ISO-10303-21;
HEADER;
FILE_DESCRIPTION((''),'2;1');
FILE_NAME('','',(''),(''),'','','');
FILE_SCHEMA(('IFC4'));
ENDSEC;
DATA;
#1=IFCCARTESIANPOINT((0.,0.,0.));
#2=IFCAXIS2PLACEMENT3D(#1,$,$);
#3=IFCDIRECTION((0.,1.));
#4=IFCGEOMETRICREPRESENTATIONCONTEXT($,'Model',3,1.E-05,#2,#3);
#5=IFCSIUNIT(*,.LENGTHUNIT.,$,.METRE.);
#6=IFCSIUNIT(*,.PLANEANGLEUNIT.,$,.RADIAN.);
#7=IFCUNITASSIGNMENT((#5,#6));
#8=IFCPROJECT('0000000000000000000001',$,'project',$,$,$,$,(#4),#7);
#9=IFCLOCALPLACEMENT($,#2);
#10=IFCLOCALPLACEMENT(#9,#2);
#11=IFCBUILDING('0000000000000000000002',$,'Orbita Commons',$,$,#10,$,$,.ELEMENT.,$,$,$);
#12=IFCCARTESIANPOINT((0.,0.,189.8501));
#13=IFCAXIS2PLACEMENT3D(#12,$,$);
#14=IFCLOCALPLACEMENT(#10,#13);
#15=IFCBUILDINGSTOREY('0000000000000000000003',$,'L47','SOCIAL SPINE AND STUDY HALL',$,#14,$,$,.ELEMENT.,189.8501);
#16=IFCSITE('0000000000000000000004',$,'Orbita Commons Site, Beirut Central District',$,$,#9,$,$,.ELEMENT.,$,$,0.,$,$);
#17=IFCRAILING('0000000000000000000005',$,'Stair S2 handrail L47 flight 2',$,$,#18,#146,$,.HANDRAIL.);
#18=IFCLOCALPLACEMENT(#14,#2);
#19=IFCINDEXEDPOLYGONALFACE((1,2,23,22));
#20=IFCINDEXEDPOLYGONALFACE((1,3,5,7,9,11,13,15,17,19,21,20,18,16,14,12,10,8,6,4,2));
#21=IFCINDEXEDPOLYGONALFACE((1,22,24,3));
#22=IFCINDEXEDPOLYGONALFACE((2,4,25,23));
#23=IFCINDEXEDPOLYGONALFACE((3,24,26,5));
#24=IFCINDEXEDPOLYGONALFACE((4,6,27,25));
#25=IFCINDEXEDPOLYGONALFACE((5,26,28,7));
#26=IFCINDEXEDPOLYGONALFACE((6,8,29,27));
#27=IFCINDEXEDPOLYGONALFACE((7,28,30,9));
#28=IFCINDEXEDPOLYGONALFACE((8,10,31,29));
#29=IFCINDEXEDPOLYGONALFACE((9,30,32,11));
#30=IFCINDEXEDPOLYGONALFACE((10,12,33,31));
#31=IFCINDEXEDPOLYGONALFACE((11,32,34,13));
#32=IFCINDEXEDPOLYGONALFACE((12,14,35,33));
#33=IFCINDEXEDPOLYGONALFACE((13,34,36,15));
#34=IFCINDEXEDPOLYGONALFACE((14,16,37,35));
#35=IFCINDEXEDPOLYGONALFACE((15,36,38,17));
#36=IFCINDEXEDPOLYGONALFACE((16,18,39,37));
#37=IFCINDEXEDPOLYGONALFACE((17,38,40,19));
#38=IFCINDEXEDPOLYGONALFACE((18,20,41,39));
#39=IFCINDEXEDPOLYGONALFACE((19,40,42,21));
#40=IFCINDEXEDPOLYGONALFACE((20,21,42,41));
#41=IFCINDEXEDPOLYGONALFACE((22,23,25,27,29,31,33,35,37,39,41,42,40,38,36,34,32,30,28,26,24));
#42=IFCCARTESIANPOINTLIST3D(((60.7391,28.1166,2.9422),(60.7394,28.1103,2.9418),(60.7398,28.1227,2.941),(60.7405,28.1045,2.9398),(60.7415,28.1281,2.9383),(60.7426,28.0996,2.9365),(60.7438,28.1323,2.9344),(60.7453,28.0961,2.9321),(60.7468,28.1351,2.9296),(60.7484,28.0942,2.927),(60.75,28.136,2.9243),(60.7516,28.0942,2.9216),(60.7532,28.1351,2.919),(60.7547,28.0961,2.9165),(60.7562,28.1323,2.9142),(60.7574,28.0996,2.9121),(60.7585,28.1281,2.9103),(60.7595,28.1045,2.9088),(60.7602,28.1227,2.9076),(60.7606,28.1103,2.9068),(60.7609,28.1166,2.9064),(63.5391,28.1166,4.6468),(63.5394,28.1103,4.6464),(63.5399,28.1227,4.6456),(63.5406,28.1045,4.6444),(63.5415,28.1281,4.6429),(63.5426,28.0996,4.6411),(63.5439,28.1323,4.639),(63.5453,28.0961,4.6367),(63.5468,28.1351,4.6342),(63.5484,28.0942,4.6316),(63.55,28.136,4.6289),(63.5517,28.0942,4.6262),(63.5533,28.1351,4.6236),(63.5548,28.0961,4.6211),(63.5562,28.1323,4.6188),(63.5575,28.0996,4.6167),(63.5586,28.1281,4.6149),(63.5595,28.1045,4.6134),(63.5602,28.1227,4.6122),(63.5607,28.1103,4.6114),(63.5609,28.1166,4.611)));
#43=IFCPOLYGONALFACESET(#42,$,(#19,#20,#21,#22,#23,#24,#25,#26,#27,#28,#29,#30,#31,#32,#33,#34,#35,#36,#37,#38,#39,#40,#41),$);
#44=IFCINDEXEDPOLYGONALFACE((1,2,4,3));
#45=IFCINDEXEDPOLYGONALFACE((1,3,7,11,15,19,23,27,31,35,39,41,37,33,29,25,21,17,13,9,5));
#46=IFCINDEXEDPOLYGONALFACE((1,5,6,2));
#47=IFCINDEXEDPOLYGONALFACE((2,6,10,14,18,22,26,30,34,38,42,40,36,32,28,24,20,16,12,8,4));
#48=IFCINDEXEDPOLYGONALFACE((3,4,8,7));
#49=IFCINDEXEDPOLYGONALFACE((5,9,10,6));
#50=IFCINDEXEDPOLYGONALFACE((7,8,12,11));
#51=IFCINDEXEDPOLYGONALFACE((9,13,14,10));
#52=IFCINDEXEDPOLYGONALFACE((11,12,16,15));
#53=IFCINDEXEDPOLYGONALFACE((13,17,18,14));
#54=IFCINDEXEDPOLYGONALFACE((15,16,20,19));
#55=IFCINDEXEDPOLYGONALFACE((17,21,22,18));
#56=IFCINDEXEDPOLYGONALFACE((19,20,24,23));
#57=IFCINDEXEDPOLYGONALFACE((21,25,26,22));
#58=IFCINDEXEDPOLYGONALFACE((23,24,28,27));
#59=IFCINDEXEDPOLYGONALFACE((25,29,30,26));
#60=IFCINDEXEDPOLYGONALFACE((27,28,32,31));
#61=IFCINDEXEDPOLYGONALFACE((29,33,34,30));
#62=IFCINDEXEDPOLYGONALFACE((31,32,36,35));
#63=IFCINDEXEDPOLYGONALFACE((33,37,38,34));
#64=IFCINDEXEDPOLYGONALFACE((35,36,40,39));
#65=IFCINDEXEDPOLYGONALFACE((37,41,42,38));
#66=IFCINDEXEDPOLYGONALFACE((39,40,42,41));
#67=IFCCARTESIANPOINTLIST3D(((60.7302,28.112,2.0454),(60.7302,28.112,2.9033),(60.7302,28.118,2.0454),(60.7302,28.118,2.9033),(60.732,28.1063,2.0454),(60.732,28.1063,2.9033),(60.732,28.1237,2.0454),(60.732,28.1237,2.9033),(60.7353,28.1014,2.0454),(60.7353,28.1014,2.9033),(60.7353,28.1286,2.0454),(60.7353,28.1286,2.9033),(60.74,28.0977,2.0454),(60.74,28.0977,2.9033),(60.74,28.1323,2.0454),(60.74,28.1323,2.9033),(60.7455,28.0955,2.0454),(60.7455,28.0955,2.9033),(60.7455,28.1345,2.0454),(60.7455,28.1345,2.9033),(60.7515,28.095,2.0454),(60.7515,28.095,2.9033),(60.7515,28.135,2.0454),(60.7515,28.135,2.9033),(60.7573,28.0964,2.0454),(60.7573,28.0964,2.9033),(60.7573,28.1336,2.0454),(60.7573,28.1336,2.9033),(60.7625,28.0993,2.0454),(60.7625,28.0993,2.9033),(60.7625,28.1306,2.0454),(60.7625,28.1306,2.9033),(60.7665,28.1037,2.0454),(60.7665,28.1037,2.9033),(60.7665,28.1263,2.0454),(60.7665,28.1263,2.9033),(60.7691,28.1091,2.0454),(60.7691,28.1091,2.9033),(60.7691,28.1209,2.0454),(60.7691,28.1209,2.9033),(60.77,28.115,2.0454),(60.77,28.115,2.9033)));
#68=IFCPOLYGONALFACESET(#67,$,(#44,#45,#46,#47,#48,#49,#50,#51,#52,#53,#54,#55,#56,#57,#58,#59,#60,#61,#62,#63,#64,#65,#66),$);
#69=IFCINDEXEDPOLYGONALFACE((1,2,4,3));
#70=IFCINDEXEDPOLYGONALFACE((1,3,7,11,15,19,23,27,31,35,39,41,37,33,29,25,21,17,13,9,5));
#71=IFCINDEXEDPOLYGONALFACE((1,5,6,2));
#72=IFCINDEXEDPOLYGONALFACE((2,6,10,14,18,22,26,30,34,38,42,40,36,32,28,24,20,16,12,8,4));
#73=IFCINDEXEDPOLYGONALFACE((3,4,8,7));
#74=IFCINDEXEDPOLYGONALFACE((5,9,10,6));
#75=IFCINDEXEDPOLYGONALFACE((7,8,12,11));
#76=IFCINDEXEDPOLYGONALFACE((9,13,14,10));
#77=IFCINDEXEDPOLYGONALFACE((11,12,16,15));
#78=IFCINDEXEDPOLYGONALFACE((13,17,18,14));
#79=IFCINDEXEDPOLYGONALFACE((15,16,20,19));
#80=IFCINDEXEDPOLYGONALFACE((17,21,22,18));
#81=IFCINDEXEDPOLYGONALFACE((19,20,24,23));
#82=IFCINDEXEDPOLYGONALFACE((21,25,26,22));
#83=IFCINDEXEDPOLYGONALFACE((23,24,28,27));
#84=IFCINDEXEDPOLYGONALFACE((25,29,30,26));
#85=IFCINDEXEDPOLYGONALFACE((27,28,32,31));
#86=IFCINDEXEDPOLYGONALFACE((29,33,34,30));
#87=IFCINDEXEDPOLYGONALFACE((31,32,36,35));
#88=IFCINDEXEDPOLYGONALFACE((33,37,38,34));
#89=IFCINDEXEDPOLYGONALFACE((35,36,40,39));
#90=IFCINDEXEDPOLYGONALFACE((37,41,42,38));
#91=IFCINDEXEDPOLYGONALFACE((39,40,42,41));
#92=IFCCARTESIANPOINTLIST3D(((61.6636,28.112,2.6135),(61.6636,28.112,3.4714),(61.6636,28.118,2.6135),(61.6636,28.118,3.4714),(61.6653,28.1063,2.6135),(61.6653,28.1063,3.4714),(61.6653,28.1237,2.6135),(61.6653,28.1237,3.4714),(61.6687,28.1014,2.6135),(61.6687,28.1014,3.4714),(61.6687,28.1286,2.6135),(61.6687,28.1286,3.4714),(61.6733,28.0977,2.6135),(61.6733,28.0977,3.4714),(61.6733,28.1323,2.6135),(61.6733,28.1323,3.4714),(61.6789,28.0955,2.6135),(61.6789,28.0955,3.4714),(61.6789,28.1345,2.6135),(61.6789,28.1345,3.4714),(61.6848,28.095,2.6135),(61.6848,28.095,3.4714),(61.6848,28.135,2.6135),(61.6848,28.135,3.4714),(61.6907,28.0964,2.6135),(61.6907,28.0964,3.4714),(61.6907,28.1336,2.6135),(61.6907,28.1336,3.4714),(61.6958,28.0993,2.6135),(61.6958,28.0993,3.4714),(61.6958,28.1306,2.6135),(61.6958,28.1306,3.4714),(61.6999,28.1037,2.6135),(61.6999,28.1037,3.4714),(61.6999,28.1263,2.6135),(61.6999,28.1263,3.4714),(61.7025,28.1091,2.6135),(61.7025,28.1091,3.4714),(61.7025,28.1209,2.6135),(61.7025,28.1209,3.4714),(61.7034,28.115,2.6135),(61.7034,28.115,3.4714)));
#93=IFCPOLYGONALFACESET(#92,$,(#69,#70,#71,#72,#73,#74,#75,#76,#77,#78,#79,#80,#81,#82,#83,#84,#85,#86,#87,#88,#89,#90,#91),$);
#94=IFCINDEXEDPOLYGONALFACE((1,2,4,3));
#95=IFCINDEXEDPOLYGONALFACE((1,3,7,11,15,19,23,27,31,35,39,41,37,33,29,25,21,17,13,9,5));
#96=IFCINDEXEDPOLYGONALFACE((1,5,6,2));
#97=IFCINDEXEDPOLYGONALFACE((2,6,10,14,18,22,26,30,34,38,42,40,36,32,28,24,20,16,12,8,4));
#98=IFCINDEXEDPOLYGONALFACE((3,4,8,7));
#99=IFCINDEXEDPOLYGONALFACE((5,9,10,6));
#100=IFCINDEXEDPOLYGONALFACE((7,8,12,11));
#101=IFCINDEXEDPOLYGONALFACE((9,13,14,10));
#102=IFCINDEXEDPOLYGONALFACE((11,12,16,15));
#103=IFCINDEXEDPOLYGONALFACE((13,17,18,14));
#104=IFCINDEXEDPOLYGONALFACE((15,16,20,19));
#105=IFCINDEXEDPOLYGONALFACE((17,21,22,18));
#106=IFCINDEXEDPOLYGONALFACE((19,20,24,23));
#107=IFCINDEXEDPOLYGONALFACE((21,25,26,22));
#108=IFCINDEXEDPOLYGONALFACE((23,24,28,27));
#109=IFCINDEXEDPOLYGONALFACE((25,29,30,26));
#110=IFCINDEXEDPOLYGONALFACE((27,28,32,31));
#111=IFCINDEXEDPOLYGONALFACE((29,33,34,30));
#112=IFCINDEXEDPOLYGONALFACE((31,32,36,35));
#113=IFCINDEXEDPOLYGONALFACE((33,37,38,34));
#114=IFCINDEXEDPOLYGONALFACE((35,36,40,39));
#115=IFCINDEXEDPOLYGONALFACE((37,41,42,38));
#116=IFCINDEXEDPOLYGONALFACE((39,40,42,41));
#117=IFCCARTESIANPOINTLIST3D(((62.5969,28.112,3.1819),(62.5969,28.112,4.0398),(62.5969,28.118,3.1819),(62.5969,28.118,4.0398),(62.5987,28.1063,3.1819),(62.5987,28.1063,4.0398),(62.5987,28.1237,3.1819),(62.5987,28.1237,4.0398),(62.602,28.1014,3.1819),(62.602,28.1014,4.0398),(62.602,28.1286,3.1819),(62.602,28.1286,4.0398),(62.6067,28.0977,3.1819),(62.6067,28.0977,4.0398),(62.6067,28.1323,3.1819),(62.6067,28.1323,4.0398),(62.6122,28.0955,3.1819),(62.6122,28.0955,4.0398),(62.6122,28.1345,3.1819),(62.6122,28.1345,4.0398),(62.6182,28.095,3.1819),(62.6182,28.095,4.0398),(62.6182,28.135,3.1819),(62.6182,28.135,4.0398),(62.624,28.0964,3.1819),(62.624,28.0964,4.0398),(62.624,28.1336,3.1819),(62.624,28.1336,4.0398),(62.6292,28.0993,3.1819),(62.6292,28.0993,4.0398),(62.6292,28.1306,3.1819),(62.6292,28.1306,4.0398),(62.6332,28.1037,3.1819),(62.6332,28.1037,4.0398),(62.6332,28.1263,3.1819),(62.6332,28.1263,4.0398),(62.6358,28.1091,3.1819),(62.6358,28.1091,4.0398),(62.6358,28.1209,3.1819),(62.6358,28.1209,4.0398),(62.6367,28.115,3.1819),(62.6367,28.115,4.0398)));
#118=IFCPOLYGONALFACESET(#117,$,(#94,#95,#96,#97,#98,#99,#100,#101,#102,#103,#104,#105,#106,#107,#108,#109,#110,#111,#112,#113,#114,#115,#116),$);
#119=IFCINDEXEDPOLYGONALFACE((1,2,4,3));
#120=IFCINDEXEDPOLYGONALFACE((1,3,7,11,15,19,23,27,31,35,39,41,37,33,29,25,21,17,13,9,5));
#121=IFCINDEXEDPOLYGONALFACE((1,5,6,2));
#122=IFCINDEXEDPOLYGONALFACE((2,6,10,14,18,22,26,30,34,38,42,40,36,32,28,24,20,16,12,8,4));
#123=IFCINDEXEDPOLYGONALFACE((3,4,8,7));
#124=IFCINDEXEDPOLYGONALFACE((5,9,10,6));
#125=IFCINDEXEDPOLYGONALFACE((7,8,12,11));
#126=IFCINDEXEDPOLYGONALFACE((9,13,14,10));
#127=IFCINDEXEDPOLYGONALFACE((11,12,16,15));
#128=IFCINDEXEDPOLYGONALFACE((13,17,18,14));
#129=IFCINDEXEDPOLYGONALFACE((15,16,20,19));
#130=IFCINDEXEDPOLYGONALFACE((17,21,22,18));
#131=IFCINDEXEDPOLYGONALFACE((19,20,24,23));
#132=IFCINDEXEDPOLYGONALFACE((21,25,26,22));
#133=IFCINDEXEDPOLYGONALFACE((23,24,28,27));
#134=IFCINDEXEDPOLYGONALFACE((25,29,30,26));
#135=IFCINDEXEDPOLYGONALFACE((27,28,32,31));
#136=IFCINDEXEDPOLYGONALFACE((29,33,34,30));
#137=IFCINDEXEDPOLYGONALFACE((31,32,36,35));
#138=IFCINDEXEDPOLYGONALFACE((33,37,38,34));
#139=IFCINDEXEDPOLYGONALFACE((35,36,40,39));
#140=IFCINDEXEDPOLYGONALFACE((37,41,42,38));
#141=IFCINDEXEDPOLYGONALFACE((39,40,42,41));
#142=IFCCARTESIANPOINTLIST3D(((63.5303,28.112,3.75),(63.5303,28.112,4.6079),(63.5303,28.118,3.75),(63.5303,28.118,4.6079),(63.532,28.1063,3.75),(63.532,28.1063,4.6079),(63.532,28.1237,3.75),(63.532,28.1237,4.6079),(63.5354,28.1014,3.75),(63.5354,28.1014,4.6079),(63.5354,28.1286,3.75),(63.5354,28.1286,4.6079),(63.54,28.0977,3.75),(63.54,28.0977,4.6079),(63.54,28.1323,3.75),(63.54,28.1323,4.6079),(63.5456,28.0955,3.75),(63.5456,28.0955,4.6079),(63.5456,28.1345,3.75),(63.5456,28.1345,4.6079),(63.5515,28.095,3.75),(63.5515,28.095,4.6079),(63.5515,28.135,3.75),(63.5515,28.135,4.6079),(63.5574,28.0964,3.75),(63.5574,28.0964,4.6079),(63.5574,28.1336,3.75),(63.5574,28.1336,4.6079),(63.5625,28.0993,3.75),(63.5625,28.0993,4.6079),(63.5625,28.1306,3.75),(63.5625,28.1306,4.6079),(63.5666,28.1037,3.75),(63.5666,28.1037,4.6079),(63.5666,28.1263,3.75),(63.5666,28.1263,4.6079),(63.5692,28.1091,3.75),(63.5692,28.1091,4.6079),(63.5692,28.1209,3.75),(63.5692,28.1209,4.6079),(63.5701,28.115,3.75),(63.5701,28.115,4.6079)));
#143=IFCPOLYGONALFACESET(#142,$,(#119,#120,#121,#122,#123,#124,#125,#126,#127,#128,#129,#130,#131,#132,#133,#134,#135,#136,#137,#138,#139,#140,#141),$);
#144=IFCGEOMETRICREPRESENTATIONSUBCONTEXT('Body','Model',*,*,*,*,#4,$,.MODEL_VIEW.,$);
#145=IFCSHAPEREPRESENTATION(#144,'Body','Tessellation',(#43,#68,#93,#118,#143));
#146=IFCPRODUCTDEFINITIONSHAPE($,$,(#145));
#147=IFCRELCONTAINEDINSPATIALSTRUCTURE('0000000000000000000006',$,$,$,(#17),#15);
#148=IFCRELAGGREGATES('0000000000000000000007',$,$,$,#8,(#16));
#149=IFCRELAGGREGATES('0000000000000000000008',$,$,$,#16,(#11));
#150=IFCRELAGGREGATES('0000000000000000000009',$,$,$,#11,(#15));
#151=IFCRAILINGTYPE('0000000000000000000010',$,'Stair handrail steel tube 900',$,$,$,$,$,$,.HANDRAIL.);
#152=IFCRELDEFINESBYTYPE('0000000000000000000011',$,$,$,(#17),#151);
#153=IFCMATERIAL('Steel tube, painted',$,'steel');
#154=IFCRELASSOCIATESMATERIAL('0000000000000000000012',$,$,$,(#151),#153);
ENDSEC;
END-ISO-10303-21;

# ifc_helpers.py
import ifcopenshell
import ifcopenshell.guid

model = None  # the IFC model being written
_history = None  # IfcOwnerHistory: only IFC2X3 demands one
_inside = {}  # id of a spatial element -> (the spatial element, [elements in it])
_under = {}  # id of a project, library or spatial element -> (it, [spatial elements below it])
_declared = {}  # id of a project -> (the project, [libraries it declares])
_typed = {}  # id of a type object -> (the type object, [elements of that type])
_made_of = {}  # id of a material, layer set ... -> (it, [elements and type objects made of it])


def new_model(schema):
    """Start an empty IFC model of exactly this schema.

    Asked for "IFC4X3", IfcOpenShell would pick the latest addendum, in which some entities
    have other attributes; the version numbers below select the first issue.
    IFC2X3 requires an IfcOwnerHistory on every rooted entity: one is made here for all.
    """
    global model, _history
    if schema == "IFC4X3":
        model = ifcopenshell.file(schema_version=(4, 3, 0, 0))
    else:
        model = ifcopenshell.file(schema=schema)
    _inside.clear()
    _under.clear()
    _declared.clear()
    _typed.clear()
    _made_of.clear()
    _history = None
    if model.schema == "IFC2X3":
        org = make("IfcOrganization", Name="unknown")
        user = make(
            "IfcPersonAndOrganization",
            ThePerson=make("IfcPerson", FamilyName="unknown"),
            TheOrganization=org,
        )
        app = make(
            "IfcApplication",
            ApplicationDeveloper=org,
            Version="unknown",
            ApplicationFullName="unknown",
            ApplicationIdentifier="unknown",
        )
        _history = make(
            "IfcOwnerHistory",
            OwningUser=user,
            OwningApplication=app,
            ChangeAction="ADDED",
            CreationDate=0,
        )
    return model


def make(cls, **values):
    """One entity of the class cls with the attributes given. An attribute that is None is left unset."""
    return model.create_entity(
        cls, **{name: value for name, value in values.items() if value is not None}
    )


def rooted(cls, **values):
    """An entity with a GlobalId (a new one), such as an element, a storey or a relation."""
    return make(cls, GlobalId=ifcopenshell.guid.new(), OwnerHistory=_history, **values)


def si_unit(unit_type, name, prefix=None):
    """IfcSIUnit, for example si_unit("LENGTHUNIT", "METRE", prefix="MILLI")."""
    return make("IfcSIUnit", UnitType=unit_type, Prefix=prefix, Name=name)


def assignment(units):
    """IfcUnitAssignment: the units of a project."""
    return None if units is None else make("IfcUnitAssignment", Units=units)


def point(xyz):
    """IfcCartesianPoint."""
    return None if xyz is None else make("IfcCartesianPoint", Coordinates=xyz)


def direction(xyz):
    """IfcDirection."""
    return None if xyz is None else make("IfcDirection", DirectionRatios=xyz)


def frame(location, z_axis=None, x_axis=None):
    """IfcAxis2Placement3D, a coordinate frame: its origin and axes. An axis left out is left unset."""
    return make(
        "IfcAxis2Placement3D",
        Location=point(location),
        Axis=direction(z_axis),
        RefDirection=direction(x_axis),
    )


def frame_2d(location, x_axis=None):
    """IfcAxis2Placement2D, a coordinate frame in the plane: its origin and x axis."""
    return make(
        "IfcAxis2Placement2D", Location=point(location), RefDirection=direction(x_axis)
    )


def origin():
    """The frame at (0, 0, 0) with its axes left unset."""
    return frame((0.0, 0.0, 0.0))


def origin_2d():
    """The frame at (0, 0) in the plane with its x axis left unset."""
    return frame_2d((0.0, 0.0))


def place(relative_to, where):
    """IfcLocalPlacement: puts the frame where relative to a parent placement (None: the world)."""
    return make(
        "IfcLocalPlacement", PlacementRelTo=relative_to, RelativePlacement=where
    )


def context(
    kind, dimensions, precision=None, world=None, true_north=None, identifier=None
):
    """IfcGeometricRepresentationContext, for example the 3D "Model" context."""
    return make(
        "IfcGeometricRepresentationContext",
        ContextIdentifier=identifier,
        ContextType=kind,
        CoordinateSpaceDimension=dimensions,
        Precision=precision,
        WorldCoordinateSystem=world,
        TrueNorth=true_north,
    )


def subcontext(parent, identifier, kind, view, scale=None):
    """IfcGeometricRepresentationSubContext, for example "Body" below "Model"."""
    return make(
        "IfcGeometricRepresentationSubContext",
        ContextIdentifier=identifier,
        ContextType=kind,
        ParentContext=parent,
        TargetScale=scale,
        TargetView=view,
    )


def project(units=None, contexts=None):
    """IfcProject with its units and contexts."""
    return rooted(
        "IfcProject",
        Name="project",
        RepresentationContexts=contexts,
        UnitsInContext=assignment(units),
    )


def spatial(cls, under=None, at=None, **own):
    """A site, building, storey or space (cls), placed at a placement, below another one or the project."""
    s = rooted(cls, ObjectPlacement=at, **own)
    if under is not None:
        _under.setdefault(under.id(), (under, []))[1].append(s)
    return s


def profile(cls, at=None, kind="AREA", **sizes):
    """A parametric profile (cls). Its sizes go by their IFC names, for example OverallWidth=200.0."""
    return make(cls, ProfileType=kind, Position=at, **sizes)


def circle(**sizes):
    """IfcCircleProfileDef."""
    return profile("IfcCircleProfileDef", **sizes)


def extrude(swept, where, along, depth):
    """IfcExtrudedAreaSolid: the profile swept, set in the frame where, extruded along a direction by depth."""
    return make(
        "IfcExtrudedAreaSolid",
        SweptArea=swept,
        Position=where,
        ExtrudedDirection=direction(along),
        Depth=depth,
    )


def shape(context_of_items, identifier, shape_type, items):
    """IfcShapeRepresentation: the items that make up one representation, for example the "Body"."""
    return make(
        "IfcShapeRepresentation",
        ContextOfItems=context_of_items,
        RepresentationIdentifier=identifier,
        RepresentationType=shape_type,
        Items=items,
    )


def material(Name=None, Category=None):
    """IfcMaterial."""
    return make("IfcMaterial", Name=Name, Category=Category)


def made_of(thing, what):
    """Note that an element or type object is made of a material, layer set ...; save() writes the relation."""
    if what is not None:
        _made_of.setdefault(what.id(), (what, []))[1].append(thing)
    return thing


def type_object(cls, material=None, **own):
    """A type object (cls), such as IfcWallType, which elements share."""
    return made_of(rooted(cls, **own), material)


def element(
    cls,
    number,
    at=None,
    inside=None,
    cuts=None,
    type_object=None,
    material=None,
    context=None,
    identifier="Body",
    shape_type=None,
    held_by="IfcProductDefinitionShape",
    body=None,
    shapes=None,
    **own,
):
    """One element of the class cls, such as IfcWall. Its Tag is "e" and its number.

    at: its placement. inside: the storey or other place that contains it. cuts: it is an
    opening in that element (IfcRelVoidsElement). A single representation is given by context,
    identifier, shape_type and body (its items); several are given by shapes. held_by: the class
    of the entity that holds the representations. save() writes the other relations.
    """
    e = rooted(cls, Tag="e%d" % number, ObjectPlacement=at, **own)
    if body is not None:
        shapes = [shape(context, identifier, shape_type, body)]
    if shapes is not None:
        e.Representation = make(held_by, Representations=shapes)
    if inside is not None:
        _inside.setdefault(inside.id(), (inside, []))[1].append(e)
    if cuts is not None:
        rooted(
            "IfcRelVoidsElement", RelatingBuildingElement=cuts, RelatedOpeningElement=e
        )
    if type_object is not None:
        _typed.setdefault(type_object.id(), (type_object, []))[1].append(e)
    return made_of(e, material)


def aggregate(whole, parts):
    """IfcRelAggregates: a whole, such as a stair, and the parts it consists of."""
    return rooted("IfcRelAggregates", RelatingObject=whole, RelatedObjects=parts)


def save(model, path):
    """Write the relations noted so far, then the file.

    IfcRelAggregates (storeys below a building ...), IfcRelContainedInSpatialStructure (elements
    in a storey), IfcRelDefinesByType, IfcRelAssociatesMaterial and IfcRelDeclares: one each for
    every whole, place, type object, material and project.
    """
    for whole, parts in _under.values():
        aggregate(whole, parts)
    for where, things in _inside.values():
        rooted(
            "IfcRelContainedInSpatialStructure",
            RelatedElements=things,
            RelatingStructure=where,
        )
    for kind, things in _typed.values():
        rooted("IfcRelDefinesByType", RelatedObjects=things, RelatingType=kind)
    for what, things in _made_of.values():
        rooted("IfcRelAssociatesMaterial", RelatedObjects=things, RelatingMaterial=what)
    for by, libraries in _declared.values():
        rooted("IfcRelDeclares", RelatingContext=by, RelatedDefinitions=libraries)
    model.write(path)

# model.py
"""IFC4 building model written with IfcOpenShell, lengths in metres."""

from ifc_helpers import new_model, si_unit, direction, frame, origin, origin_2d, place, context, subcontext, project, spatial, circle, extrude, material, type_object, element, save


model = new_model("IFC4")

# Units and contexts
model_context = context("Model", 3, precision=1e-05, world=origin(), true_north=direction((0.0, 1.0)))
body_context = subcontext(model_context, "Body", "Model", "MODEL_VIEW")
ifc_project = project(units=[si_unit("LENGTHUNIT", "METRE"), si_unit("PLANEANGLEUNIT", "RADIAN")], contexts=[model_context])

# Site, building, storey
site_placement = place(None, origin())
site = spatial("IfcSite", under=ifc_project, at=site_placement, Name="Orbita Commons Site, Beirut Central District", CompositionType="ELEMENT", RefElevation=0.0)
building_placement = place(site_placement, origin())
building = spatial("IfcBuilding", under=site, at=building_placement, Name="Orbita Commons", CompositionType="ELEMENT")
storey_placement = place(building_placement, frame((0.0, 0.0, 189.8501)))
storey = spatial("IfcBuildingStorey", under=building, at=storey_placement, Name="L47", Description="SOCIAL SPINE AND STUDY HALL", CompositionType="ELEMENT", Elevation=189.8501)

# Railing
ifc_material_1 = material(Name="Steel tube, painted", Category="steel")
railing_type = type_object("IfcRailingType", Name="Stair handrail steel tube 900", PredefinedType="HANDRAIL", material=ifc_material_1)
for number, where, name in (
    (1, (60.75, 28.115, 2.0454), "Stair S2 handrail L47 flight 2"),
):
    element("IfcRailing", number, at=place(storey_placement, frame(where)), inside=storey, type_object=railing_type, Name=name, PredefinedType="HANDRAIL", context=body_context, shape_type="SweptSolid", body=[
        extrude(circle(Radius=0.021, at=origin_2d()), frame((0.0, 0.0, 0.8789), z_axis=(0.85417, 0.0, 0.519994), x_axis=(0.0, 1.0, 0.0)), (0.0, 0.0, 1.0), 3.2781),
        extrude(circle(Radius=0.02, at=origin_2d()), origin(), (0.0, 0.0, 1.0), 0.8579),
        extrude(circle(Radius=0.02, at=origin_2d()), frame((0.9333, 0.0, 0.5681)), (0.0, 0.0, 1.0), 0.8579),
        extrude(circle(Radius=0.02, at=origin_2d()), frame((1.8667, 0.0, 1.1365)), (0.0, 0.0, 1.0), 0.8579),
        extrude(circle(Radius=0.02, at=origin_2d()), frame((2.8, 0.0, 1.7046)), (0.0, 0.0, 1.0), 0.8579),
    ])

save(model, "model.ifc")
